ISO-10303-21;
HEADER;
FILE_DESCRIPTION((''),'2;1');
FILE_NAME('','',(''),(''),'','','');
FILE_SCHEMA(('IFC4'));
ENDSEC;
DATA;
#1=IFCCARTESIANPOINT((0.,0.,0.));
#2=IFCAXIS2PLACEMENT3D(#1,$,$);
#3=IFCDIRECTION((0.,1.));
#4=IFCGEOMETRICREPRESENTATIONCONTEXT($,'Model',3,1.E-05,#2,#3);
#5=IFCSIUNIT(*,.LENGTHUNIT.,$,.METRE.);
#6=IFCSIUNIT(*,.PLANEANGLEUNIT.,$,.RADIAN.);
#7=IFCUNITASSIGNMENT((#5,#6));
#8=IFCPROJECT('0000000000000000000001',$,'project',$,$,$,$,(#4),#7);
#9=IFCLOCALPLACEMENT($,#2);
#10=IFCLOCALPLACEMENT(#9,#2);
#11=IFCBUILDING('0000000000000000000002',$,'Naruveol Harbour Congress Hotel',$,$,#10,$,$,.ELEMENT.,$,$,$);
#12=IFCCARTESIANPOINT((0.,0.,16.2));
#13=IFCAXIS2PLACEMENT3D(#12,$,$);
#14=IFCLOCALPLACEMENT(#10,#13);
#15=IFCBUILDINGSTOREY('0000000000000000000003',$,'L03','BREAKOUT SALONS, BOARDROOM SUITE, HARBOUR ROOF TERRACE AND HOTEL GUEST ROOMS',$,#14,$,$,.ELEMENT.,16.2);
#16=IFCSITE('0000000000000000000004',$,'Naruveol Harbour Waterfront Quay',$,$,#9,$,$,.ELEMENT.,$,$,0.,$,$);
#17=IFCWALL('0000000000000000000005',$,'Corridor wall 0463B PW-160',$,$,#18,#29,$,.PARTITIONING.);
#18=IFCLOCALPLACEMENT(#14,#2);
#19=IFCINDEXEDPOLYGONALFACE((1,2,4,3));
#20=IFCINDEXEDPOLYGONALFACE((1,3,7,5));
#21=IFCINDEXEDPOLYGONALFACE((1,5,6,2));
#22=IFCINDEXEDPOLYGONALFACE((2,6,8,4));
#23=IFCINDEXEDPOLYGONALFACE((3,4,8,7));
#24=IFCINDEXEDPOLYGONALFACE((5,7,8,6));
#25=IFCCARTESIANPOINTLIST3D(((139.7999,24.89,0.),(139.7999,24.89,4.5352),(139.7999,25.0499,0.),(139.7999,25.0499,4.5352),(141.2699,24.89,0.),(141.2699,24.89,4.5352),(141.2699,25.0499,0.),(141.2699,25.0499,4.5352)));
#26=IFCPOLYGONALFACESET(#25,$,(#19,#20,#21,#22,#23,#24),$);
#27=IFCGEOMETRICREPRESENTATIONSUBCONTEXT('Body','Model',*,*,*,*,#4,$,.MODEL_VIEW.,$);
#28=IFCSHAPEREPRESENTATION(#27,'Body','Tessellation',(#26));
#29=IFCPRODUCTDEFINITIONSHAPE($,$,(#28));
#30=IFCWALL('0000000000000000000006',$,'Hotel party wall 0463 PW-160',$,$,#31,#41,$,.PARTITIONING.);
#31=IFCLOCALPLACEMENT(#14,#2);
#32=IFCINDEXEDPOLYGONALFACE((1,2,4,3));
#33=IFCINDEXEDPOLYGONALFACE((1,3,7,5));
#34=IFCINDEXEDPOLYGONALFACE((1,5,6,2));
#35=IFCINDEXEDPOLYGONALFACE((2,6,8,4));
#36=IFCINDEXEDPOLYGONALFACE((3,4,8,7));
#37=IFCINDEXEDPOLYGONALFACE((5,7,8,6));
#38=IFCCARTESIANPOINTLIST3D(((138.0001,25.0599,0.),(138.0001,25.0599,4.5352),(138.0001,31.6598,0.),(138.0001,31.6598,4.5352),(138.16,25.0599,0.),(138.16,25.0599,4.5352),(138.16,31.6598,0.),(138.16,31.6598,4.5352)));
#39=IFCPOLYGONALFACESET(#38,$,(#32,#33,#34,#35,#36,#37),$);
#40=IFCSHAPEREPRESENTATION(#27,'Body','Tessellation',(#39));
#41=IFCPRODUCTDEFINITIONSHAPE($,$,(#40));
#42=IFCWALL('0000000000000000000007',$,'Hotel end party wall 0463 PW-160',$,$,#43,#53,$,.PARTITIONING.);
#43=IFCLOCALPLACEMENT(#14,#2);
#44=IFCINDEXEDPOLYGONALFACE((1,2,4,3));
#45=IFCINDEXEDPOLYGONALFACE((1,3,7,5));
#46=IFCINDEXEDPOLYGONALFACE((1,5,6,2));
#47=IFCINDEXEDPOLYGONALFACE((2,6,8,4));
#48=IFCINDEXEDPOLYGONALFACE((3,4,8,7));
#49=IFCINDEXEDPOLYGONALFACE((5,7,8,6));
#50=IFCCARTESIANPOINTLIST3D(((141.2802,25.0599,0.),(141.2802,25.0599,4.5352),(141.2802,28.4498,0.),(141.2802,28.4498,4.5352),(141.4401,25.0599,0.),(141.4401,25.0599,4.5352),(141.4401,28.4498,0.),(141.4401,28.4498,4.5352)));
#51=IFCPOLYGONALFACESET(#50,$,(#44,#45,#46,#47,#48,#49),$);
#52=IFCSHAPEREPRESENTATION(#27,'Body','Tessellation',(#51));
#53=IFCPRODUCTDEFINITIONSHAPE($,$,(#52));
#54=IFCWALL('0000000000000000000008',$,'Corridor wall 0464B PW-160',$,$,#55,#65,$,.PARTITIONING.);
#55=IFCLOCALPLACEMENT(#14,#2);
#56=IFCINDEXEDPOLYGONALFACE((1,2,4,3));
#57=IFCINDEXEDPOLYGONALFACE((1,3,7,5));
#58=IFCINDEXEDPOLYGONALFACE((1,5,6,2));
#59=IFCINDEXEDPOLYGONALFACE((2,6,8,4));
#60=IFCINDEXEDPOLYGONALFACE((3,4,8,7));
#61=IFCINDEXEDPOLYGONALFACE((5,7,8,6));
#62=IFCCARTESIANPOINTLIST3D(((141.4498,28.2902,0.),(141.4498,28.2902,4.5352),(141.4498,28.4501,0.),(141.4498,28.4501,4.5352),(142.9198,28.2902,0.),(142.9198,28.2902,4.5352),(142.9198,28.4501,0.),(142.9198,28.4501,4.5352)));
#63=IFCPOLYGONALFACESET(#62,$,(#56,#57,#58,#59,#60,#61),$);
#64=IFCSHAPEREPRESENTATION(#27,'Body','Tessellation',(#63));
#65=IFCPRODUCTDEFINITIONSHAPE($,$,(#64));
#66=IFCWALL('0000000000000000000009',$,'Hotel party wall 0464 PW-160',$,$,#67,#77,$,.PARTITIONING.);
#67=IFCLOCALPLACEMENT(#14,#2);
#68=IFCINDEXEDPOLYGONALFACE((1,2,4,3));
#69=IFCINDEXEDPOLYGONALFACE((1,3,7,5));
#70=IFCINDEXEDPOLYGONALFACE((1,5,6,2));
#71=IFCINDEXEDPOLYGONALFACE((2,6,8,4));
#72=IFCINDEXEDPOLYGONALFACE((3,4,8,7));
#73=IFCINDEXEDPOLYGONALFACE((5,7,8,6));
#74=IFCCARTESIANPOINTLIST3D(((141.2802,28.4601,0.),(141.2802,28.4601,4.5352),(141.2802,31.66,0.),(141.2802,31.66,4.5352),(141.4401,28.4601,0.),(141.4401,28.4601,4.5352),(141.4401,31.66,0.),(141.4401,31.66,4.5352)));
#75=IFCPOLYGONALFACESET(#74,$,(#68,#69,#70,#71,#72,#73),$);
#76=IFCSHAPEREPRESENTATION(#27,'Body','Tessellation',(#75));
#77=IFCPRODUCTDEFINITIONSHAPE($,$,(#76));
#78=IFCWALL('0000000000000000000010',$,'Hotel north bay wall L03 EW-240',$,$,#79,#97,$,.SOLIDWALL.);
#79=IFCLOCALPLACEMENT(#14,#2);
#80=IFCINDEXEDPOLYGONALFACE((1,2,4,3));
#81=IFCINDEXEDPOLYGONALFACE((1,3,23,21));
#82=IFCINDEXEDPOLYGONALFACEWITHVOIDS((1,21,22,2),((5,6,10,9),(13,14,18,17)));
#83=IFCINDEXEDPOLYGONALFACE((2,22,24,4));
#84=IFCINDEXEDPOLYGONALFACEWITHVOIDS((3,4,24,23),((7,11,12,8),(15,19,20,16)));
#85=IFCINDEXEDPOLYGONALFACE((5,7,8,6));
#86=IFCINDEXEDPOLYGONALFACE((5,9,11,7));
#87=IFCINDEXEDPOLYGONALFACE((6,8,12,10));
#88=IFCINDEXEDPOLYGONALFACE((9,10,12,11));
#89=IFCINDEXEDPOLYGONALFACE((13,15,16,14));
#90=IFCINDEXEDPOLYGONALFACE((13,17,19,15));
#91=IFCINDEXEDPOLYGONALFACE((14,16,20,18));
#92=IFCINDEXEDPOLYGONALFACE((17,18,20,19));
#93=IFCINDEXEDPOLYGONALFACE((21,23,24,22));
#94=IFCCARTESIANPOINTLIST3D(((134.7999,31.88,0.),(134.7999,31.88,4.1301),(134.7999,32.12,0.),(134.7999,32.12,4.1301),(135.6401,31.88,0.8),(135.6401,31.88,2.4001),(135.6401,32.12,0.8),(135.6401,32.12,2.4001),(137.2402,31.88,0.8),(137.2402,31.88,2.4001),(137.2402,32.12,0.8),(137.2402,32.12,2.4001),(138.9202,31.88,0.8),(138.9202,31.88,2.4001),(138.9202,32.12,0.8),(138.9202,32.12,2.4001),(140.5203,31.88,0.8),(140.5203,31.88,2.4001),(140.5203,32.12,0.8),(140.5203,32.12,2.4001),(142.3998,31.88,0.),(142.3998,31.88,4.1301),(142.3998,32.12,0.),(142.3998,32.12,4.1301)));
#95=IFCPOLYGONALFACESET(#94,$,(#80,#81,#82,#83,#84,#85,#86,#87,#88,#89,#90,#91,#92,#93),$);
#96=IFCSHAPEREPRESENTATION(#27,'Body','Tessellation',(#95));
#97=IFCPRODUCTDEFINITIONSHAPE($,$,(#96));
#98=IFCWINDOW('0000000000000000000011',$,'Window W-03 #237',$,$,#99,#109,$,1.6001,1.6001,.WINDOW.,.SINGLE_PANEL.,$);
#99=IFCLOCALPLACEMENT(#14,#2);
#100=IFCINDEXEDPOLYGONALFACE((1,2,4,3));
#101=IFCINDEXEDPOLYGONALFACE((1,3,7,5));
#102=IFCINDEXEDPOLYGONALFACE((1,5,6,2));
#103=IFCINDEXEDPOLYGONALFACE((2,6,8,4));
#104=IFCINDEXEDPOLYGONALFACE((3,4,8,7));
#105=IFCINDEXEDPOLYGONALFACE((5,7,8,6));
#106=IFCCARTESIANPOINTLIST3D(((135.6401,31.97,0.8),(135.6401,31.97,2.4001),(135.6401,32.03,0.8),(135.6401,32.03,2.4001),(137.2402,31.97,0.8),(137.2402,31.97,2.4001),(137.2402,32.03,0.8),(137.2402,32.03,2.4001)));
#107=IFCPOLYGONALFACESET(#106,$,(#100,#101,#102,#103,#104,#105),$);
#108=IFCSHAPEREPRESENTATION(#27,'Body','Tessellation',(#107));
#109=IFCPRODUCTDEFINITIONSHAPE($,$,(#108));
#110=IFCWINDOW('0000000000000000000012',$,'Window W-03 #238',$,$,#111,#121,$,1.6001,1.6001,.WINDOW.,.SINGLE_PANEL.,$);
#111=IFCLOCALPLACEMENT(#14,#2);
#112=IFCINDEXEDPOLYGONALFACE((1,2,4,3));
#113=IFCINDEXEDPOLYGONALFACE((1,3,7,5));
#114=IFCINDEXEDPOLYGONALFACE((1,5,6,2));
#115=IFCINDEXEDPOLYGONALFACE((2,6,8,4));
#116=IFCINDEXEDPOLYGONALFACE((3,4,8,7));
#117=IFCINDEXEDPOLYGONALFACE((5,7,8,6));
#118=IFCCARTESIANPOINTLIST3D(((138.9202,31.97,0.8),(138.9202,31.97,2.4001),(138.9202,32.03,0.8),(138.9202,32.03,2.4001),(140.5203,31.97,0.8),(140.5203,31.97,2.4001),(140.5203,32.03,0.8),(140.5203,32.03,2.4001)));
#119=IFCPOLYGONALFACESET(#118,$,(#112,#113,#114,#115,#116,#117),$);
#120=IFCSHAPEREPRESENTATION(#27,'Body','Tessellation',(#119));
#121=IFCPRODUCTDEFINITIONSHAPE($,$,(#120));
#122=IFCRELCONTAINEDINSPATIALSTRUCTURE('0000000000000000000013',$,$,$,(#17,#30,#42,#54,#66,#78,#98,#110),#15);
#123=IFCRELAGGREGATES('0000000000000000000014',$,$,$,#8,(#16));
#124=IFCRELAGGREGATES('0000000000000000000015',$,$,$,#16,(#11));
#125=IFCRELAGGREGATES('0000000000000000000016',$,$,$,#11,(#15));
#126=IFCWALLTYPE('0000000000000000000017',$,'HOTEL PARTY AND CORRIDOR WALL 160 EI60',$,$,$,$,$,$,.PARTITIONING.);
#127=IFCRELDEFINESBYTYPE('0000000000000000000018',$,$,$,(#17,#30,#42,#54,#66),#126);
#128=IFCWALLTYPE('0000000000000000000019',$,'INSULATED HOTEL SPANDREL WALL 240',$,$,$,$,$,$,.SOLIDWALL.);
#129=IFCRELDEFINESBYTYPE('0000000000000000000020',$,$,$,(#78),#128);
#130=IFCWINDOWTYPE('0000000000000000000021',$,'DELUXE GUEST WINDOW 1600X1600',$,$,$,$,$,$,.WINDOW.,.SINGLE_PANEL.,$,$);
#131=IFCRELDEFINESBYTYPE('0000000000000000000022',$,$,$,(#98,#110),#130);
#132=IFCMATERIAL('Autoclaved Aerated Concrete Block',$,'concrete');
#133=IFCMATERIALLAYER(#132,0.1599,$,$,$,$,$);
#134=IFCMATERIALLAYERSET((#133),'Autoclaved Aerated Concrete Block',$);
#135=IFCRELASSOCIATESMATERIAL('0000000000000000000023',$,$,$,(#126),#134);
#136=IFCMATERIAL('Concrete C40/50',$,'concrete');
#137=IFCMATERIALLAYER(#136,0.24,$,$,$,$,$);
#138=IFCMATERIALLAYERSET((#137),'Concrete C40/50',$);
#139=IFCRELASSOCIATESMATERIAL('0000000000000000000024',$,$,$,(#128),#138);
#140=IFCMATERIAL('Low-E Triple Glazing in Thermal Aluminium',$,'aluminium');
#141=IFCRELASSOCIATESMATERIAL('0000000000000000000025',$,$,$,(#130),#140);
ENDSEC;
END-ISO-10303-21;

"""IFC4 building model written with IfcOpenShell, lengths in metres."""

from ifc_helpers import new_model, si_unit, direction, frame, frame_2d, origin, place, context, subcontext, project, spatial, rectangle, extrude, material, layer, layer_set, type_object, element, fill, save


model = new_model("IFC4")

# Units and contexts
model_context = context("Model", 3, precision=1e-05, world=origin(), true_north=direction((0.0, 1.0)))
body_context = subcontext(model_context, "Body", "Model", "MODEL_VIEW")
ifc_project = project(units=[si_unit("LENGTHUNIT", "METRE"), si_unit("PLANEANGLEUNIT", "RADIAN")], contexts=[model_context])

# Site, building, storey
site_placement = place(None, origin())
site = spatial("IfcSite", under=ifc_project, at=site_placement, Name="Naruveol Harbour Waterfront Quay", CompositionType="ELEMENT", RefElevation=0.0)
building_placement = place(site_placement, origin())
building = spatial("IfcBuilding", under=site, at=building_placement, Name="Naruveol Harbour Congress Hotel", CompositionType="ELEMENT")
storey_placement = place(building_placement, frame((0.0, 0.0, 16.2)))
storey = spatial("IfcBuildingStorey", under=building, at=storey_placement, Name="L03", Description="BREAKOUT SALONS, BOARDROOM SUITE, HARBOUR ROOF TERRACE AND HOTEL GUEST ROOMS", CompositionType="ELEMENT", Elevation=16.2)

# Shared definitions
ifc_material_1 = material(Name="Autoclaved Aerated Concrete Block", Category="concrete")
ifc_layer_1 = layer(ifc_material_1, 0.1599)
ifc_layer_set_1 = layer_set([ifc_layer_1], Name="Autoclaved Aerated Concrete Block")
wall_type_1 = type_object("IfcWallType", Name="HOTEL PARTY AND CORRIDOR WALL 160 EI60", PredefinedType="PARTITIONING", material=ifc_layer_set_1)

# Walls
wall_1_placement = place(storey_placement, frame((139.8, 24.97, 0.0), z_axis=(0.0, 0.0, 1.0), x_axis=(1.0, 0.0, 0.0)))
element("IfcWall", 1, at=wall_1_placement, inside=storey, type_object=wall_type_1, Name="Corridor wall 0463B PW-160", PredefinedType="PARTITIONING", context=body_context, shape_type="SweptSolid", body=[
    extrude(rectangle(XDim=1.47, YDim=0.1599, at=frame_2d((0.7349, 0.0))), origin(), (0.0, 0.0, 1.0), 4.5352),
])
wall_2_placement = place(storey_placement, frame((138.0801, 25.0601, 0.0), z_axis=(0.0, 0.0, 1.0), x_axis=(0.0, 1.0, 0.0)))
element("IfcWall", 2, at=wall_2_placement, inside=storey, type_object=wall_type_1, Name="Hotel party wall 0463 PW-160", PredefinedType="PARTITIONING", context=body_context, shape_type="SweptSolid", body=[
    extrude(rectangle(XDim=6.5999, YDim=0.1599, at=frame_2d((3.2998, 0.0))), origin(), (0.0, 0.0, 1.0), 4.5352),
])
wall_3_placement = place(storey_placement, frame((141.3601, 25.0601, 0.0), z_axis=(0.0, 0.0, 1.0), x_axis=(0.0, 1.0, 0.0)))
element("IfcWall", 3, at=wall_3_placement, inside=storey, type_object=wall_type_1, Name="Hotel end party wall 0463 PW-160", PredefinedType="PARTITIONING", context=body_context, shape_type="SweptSolid", body=[
    extrude(rectangle(XDim=3.3899, YDim=0.1599, at=frame_2d((1.6948, 0.0))), origin(), (0.0, 0.0, 1.0), 4.5352),
])
wall_4_placement = place(storey_placement, frame((141.45, 28.3701, 0.0), z_axis=(0.0, 0.0, 1.0), x_axis=(1.0, 0.0, 0.0)))
element("IfcWall", 4, at=wall_4_placement, inside=storey, type_object=wall_type_1, Name="Corridor wall 0464B PW-160", PredefinedType="PARTITIONING", context=body_context, shape_type="SweptSolid", body=[
    extrude(rectangle(XDim=1.47, YDim=0.1599, at=frame_2d((0.7349, 0.0))), origin(), (0.0, 0.0, 1.0), 4.5352),
])
wall_5_placement = place(storey_placement, frame((141.3601, 28.46, 0.0), z_axis=(0.0, 0.0, 1.0), x_axis=(0.0, 1.0, 0.0)))
element("IfcWall", 5, at=wall_5_placement, inside=storey, type_object=wall_type_1, Name="Hotel party wall 0464 PW-160", PredefinedType="PARTITIONING", context=body_context, shape_type="SweptSolid", body=[
    extrude(rectangle(XDim=3.2, YDim=0.1599, at=frame_2d((1.6001, 0.0))), origin(), (0.0, 0.0, 1.0), 4.5352),
])

# Wall, openings, windows
ifc_material_2 = material(Name="Concrete C40/50", Category="concrete")
ifc_layer_2 = layer(ifc_material_2, 0.24)
ifc_layer_set_2 = layer_set([ifc_layer_2], Name="Concrete C40/50")
wall_type_2 = type_object("IfcWallType", Name="INSULATED HOTEL SPANDREL WALL 240", PredefinedType="SOLIDWALL", material=ifc_layer_set_2)
wall_6_placement = place(storey_placement, frame((134.8, 32.0, 0.0), z_axis=(0.0, 0.0, 1.0), x_axis=(1.0, 0.0, 0.0)))
wall_6 = element("IfcWall", 6, at=wall_6_placement, inside=storey, type_object=wall_type_2, Name="Hotel north bay wall L03 EW-240", PredefinedType="SOLIDWALL", context=body_context, shape_type="SweptSolid", body=[
    extrude(rectangle(XDim=7.5999, YDim=0.24, at=frame_2d((3.7998, 0.0))), origin(), (0.0, 0.0, 1.0), 4.1301),
])
opening_1_placement = place(wall_6_placement, frame((0.8401, 0.0, 0.8)))
opening_1 = element("IfcOpeningElement", 7, at=opening_1_placement, cuts=wall_6, PredefinedType="OPENING", context=body_context, shape_type="SweptSolid", body=[
    extrude(rectangle(XDim=1.6001, YDim=1.6001, at=frame_2d((0.8, 0.8))), frame((0.0, 0.1299, 0.0), z_axis=(0.0, -1.0, 0.0), x_axis=(1.0, 0.0, 0.0)), (0.0, 0.0, 1.0), 0.26),
])
opening_2_placement = place(wall_6_placement, frame((4.1201, 0.0, 0.8)))
opening_2 = element("IfcOpeningElement", 8, at=opening_2_placement, cuts=wall_6, PredefinedType="OPENING", context=body_context, shape_type="SweptSolid", body=[
    extrude(rectangle(XDim=1.6001, YDim=1.6001, at=frame_2d((0.8, 0.8))), frame((0.0, 0.1299, 0.0), z_axis=(0.0, -1.0, 0.0), x_axis=(1.0, 0.0, 0.0)), (0.0, 0.0, 1.0), 0.26),
])
ifc_material_3 = material(Name="Low-E Triple Glazing in Thermal Aluminium", Category="aluminium")
window_type = type_object("IfcWindowType", Name="DELUXE GUEST WINDOW 1600X1600", PartitioningType="SINGLE_PANEL", PredefinedType="WINDOW", material=ifc_material_3)
window_1_placement = place(opening_1_placement, origin())
window_1 = element("IfcWindow", 9, at=window_1_placement, inside=storey, type_object=window_type, Name="Window W-03 #237", OverallHeight=1.6001, OverallWidth=1.6001, PartitioningType="SINGLE_PANEL", PredefinedType="WINDOW", context=body_context, shape_type="SweptSolid", body=[
    extrude(rectangle(XDim=1.6001, YDim=1.6001, at=frame_2d((0.8, 0.8))), frame((0.0, 0.03, 0.0), z_axis=(0.0, -1.0, 0.0), x_axis=(1.0, 0.0, 0.0)), (0.0, 0.0, 1.0), 0.0601),
])
fill(opening_1, window_1)
window_2_placement = place(opening_2_placement, origin())
window_2 = element("IfcWindow", 10, at=window_2_placement, inside=storey, type_object=window_type, Name="Window W-03 #238", OverallHeight=1.6001, OverallWidth=1.6001, PartitioningType="SINGLE_PANEL", PredefinedType="WINDOW", context=body_context, shape_type="SweptSolid", body=[
    extrude(rectangle(XDim=1.6001, YDim=1.6001, at=frame_2d((0.8, 0.8))), frame((0.0, 0.03, 0.0), z_axis=(0.0, -1.0, 0.0), x_axis=(1.0, 0.0, 0.0)), (0.0, 0.0, 1.0), 0.0601),
])
fill(opening_2, window_2)

save(model, "model.ifc")
